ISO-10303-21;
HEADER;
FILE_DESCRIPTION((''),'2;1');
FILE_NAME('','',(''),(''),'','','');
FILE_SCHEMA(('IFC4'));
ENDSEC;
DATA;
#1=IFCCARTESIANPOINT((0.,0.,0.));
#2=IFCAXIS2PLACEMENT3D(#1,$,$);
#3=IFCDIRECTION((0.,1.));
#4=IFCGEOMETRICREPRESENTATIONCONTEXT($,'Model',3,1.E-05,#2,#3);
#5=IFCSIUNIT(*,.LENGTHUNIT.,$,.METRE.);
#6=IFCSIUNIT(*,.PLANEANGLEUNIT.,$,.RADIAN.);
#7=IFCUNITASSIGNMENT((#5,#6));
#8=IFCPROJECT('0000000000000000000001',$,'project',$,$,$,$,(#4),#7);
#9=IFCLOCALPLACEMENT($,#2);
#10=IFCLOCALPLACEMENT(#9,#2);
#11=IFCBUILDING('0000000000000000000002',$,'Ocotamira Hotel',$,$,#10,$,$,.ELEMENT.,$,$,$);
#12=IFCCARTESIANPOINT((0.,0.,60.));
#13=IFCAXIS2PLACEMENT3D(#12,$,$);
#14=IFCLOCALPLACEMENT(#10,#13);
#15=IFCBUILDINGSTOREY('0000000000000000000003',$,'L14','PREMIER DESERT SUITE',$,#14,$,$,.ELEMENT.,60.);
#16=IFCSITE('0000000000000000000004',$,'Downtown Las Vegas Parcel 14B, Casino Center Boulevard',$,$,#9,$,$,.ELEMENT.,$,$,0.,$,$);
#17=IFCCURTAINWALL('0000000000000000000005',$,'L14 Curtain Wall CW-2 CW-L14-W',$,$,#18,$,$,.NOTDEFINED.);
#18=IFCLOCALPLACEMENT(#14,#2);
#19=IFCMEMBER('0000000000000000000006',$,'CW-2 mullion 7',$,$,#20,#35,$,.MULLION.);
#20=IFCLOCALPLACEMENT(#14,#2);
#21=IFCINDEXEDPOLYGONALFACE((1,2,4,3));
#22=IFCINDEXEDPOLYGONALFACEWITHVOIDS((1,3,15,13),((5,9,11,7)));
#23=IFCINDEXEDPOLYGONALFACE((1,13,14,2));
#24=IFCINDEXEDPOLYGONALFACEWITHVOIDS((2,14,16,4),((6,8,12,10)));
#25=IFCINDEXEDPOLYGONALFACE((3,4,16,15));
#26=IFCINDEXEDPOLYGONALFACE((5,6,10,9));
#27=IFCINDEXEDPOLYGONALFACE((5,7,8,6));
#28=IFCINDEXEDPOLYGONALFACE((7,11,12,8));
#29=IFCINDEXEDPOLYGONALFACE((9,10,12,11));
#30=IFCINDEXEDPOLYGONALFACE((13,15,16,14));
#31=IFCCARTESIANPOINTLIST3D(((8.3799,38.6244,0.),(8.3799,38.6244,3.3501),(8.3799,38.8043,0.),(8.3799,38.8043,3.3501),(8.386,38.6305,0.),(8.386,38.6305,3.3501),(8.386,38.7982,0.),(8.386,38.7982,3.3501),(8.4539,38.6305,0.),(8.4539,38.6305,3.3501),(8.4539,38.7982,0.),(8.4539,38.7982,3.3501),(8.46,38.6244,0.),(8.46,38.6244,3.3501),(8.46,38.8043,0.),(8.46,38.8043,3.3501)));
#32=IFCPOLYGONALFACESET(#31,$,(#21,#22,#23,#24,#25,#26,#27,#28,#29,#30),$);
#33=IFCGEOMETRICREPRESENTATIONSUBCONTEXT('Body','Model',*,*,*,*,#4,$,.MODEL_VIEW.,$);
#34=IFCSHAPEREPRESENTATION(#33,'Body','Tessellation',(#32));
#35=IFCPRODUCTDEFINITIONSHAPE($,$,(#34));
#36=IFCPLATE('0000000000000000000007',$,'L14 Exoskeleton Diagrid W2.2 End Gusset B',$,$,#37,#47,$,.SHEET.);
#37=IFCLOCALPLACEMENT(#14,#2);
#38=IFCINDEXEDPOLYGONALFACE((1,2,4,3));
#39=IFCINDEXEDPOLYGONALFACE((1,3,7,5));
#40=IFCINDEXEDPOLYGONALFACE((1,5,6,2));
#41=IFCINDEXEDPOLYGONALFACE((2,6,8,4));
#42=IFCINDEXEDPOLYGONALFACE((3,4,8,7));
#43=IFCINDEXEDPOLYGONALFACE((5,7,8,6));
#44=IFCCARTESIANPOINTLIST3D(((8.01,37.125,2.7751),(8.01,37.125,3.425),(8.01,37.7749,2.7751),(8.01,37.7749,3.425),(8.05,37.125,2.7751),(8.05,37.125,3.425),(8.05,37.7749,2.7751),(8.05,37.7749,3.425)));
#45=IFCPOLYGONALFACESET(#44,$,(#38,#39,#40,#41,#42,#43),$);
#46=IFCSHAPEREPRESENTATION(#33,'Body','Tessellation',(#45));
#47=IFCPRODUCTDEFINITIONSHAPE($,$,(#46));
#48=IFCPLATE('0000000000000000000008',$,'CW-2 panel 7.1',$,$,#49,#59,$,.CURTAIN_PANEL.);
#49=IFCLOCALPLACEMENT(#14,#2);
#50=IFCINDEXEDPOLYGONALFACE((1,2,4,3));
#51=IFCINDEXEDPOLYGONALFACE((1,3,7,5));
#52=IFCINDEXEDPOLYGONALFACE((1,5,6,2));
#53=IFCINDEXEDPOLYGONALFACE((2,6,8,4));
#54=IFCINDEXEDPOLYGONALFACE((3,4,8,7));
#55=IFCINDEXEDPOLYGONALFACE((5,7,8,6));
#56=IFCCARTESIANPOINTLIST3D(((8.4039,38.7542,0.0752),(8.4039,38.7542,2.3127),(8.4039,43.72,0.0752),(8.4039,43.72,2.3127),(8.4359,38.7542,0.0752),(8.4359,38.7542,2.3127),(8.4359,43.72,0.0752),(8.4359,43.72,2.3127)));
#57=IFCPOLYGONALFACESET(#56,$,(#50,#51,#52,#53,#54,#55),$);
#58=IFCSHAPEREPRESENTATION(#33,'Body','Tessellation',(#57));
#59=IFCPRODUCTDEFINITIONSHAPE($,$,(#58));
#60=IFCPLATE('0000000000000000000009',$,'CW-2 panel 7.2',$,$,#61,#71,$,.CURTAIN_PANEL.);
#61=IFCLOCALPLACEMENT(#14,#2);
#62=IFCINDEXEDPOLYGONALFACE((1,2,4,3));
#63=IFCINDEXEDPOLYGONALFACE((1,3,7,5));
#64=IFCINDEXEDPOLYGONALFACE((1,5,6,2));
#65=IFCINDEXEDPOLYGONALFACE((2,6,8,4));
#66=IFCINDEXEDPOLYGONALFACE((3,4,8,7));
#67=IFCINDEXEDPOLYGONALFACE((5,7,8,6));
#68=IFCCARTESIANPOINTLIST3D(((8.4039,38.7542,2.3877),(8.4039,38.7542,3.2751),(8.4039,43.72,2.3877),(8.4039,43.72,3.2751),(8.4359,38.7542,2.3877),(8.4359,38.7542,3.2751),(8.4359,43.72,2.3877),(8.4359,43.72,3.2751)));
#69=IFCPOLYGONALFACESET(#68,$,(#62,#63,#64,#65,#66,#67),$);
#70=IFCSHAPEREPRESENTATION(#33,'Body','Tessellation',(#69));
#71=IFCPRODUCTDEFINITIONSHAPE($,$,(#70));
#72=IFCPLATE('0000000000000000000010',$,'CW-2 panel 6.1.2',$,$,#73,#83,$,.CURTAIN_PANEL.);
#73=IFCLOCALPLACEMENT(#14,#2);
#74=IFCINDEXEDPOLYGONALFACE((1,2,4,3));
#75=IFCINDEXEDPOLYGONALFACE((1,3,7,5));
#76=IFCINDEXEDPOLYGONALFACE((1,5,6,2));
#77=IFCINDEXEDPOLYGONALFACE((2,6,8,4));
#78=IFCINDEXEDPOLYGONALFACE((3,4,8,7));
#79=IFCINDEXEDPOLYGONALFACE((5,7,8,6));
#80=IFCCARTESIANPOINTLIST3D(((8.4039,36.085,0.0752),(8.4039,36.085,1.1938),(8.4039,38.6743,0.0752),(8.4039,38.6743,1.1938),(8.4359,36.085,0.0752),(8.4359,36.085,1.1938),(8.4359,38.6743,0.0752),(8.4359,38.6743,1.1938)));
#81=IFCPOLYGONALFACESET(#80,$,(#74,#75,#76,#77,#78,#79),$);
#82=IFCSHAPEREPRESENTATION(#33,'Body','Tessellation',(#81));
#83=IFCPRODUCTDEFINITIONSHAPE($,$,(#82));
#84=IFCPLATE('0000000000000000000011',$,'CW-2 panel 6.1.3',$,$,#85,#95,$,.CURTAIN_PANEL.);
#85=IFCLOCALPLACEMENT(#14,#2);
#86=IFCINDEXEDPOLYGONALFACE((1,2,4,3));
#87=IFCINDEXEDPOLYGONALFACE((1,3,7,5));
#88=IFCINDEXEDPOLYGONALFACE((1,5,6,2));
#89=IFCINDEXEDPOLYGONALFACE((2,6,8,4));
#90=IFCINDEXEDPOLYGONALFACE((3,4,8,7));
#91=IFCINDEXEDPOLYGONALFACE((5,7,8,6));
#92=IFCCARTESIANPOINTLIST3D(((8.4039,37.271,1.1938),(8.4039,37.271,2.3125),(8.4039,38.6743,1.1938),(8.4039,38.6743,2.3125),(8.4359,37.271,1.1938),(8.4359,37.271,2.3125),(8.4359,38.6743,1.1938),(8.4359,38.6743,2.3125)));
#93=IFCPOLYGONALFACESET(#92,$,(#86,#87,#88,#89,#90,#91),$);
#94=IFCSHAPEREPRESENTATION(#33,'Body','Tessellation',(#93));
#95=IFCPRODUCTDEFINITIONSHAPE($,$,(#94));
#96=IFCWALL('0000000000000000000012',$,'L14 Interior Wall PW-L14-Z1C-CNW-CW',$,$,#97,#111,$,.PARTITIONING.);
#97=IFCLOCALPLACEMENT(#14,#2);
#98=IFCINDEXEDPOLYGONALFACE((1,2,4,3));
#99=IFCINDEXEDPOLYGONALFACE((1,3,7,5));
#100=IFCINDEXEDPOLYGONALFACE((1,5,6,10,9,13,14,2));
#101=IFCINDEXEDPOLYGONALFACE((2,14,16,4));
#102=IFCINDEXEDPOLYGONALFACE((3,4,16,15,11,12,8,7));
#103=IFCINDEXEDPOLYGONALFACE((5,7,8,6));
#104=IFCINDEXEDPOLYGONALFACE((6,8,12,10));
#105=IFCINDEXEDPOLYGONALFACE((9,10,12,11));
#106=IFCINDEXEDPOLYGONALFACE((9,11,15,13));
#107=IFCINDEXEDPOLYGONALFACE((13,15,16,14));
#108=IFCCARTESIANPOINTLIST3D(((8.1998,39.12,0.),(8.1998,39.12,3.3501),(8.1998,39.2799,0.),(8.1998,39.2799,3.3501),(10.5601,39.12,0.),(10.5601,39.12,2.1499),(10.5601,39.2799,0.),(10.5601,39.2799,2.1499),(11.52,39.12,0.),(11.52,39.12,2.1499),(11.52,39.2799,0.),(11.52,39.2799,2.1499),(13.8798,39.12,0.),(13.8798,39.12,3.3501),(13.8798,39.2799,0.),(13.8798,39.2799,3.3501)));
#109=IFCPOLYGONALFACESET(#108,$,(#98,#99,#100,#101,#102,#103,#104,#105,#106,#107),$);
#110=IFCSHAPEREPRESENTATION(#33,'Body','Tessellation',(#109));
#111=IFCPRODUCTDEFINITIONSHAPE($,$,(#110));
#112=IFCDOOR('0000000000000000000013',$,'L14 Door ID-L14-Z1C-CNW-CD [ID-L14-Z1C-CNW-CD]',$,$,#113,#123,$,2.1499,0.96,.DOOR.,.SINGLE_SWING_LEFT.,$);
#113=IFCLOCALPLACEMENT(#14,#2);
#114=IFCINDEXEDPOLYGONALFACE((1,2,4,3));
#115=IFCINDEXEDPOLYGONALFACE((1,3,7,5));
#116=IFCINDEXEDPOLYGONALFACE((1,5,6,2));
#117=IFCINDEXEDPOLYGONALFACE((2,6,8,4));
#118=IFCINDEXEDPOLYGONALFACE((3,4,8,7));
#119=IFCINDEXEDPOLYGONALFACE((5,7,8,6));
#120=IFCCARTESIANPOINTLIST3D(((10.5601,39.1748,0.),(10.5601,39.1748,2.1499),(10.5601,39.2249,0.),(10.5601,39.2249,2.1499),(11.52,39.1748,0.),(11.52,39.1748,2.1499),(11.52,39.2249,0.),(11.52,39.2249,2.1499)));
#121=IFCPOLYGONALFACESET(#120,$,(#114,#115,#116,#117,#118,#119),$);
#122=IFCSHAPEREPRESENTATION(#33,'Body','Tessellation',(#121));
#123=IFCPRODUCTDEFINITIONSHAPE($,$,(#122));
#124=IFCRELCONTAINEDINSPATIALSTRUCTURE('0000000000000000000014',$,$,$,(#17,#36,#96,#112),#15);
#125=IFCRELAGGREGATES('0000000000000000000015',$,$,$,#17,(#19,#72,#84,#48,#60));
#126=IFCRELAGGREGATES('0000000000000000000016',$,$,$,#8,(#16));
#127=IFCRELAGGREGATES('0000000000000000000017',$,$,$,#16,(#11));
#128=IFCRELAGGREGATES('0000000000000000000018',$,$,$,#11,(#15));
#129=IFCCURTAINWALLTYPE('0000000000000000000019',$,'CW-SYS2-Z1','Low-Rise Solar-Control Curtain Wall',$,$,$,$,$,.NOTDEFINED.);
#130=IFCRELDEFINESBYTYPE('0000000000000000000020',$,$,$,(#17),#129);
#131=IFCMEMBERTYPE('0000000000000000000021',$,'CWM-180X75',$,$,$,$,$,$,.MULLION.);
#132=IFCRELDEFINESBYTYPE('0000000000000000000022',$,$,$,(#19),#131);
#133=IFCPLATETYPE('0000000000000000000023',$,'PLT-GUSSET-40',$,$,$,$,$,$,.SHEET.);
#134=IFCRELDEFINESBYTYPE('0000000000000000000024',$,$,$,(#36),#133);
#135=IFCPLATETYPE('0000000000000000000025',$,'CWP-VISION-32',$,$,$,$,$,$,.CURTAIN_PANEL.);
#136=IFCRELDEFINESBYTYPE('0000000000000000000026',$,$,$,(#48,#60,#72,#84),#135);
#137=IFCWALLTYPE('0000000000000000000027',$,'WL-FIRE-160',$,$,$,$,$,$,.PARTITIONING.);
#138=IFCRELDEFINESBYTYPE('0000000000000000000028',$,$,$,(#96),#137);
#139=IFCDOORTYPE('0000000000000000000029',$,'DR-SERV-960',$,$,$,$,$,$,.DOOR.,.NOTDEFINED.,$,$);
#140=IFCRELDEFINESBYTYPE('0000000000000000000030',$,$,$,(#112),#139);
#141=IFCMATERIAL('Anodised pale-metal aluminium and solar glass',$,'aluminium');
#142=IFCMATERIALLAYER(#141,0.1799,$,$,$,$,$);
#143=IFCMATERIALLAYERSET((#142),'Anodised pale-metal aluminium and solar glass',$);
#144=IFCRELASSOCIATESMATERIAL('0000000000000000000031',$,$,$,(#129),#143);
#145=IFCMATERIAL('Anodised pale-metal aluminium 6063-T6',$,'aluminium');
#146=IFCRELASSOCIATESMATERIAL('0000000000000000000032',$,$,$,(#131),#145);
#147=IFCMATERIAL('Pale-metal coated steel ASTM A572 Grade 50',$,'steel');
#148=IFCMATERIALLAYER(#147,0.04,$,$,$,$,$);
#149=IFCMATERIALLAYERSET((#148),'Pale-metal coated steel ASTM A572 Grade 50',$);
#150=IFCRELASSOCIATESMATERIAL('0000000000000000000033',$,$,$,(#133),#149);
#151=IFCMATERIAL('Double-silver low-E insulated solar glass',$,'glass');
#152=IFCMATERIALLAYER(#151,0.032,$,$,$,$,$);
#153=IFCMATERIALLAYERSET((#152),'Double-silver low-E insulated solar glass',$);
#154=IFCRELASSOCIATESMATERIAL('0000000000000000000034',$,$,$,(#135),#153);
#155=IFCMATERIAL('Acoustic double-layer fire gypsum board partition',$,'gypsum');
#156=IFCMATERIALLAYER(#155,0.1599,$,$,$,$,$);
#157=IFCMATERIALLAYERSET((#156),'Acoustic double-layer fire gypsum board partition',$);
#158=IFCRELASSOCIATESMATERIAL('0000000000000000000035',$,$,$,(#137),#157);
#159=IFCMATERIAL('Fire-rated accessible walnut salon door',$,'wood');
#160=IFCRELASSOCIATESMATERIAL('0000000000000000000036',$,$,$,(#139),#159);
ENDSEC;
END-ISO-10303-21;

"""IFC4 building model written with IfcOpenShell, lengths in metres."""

from ifc_helpers import new_model, si_unit, direction, frame, frame_2d, origin, origin_2d, place, context, subcontext, project, spatial, rectangle, hollow_rectangle, extrude, source, transform, mapped, material, layer, layer_set, material_profile, profile_set, type_object, element, fill, aggregate, save


model = new_model("IFC4")

# Units and contexts
model_context = context("Model", 3, precision=1e-05, world=origin(), true_north=direction((0.0, 1.0)))
body_context = subcontext(model_context, "Body", "Model", "MODEL_VIEW")
ifc_project = project(units=[si_unit("LENGTHUNIT", "METRE"), si_unit("PLANEANGLEUNIT", "RADIAN")], contexts=[model_context])

# Site, building, storey
site_placement = place(None, origin())
site = spatial("IfcSite", under=ifc_project, at=site_placement, Name="Downtown Las Vegas Parcel 14B, Casino Center Boulevard", CompositionType="ELEMENT", RefElevation=0.0)
building_placement = place(site_placement, origin())
building = spatial("IfcBuilding", under=site, at=building_placement, Name="Ocotamira Hotel", CompositionType="ELEMENT")
storey_placement = place(building_placement, frame((0.0, 0.0, 60.0)))
storey = spatial("IfcBuildingStorey", under=building, at=storey_placement, Name="L14", Description="PREMIER DESERT SUITE", CompositionType="ELEMENT", Elevation=60.0)

# Curtain wall, member
ifc_material_1 = material(Name="Anodised pale-metal aluminium and solar glass", Category="aluminium")
ifc_layer_1 = layer(ifc_material_1, 0.1799)
ifc_layer_set_1 = layer_set([ifc_layer_1], Name="Anodised pale-metal aluminium and solar glass")
curtain_wall_type = type_object("IfcCurtainWallType", Name="CW-SYS2-Z1", Description="Low-Rise Solar-Control Curtain Wall", PredefinedType="NOTDEFINED", material=ifc_layer_set_1)
curtain_wall_placement = place(storey_placement, origin())
curtain_wall = element("IfcCurtainWall", 1, at=curtain_wall_placement, inside=storey, type_object=curtain_wall_type, Name="L14 Curtain Wall CW-2 CW-L14-W", PredefinedType="NOTDEFINED")
ifc_material_2 = material(Name="Anodised pale-metal aluminium 6063-T6", Category="aluminium")
ifc_material_profile_1 = material_profile(ifc_material_2, hollow_rectangle(XDim=0.0801, YDim=0.1799, WallThickness=0.0061, at=origin_2d()), Name="HSS180X80X6")
ifc_profile_set_1 = profile_set([ifc_material_profile_1], Name="Anodised pale-metal aluminium 6063-T6")
member_type_1 = type_object("IfcMemberType", Name="CWM-180X75", PredefinedType="MULLION", material=ifc_profile_set_1)
shared_shape_1 = source(origin(), body_context, "Body", "SweptSolid", [
    extrude(hollow_rectangle(XDim=0.0801, YDim=0.1799, WallThickness=0.0061, at=origin_2d()), origin(), (0.0, 0.0, 1.0), 3.3501),
])
member_1_placement = place(storey_placement, frame((8.4199, 38.7144, 0.0), z_axis=(0.0, 0.0, 1.0), x_axis=(-1.0, 0.0, 0.0)))
member_1 = element("IfcMember", 2, at=member_1_placement, type_object=member_type_1, Name="CW-2 mullion 7", PredefinedType="MULLION", context=body_context, shape_type="MappedRepresentation", body=[
    mapped(shared_shape_1, transform((0.0, 0.0, 0.0), scale=1.0)),
])

# Plates
ifc_material_3 = material(Name="Pale-metal coated steel ASTM A572 Grade 50", Category="steel")
ifc_layer_2 = layer(ifc_material_3, 0.04)
ifc_layer_set_2 = layer_set([ifc_layer_2], Name="Pale-metal coated steel ASTM A572 Grade 50")
plate_type_1 = type_object("IfcPlateType", Name="PLT-GUSSET-40", PredefinedType="SHEET", material=ifc_layer_set_2)
shared_shape_2 = source(origin(), body_context, "Body", "SweptSolid", [
    extrude(rectangle(XDim=0.04, YDim=0.6499, at=origin_2d()), origin(), (0.0, 0.0, 1.0), 0.6499),
])
plate_1_placement = place(storey_placement, frame((8.03, 37.45, 2.7751), z_axis=(0.0, 0.0, 1.0), x_axis=(1.0, 0.0, 0.0)))
element("IfcPlate", 3, at=plate_1_placement, inside=storey, type_object=plate_type_1, Name="L14 Exoskeleton Diagrid W2.2 End Gusset B", PredefinedType="SHEET", context=body_context, shape_type="MappedRepresentation", body=[
    mapped(shared_shape_2, transform((0.0, 0.0, 0.0), scale=1.0)),
])
ifc_material_4 = material(Name="Double-silver low-E insulated solar glass", Category="glass")
ifc_layer_3 = layer(ifc_material_4, 0.032)
ifc_layer_set_3 = layer_set([ifc_layer_3], Name="Double-silver low-E insulated solar glass")
plate_type_2 = type_object("IfcPlateType", Name="CWP-VISION-32", PredefinedType="CURTAIN_PANEL", material=ifc_layer_set_3)
shared_shape_3 = source(origin(), body_context, "Body", "SweptSolid", [
    extrude(rectangle(XDim=4.9658, YDim=0.032, at=origin_2d()), origin(), (0.0, 0.0, 1.0), 2.2375),
])
plate_2_placement = place(storey_placement, frame((8.4199, 41.2371, 0.0752), z_axis=(0.0, 0.0, 1.0), x_axis=(0.0, 1.0, 0.0)))
plate_2 = element("IfcPlate", 4, at=plate_2_placement, type_object=plate_type_2, Name="CW-2 panel 7.1", PredefinedType="CURTAIN_PANEL", context=body_context, shape_type="MappedRepresentation", body=[
    mapped(shared_shape_3, transform((0.0, 0.0, 0.0), scale=1.0)),
])
shared_shape_4 = source(origin(), body_context, "Body", "SweptSolid", [
    extrude(rectangle(XDim=4.9658, YDim=0.032, at=origin_2d()), origin(), (0.0, 0.0, 1.0), 0.8875),
])
plate_3_placement = place(storey_placement, frame((8.4199, 41.2371, 2.3877), z_axis=(0.0, 0.0, 1.0), x_axis=(0.0, 1.0, 0.0)))
plate_3 = element("IfcPlate", 5, at=plate_3_placement, type_object=plate_type_2, Name="CW-2 panel 7.2", PredefinedType="CURTAIN_PANEL", context=body_context, shape_type="MappedRepresentation", body=[
    mapped(shared_shape_4, transform((0.0, 0.0, 0.0), scale=1.0)),
])
shared_shape_5 = source(origin(), body_context, "Body", "SweptSolid", [
    extrude(rectangle(XDim=2.5894, YDim=0.032, at=origin_2d()), origin(), (0.0, 0.0, 1.0), 1.1187),
])
plate_4_placement = place(storey_placement, frame((8.4199, 37.3796, 0.0752), z_axis=(0.0, 0.0, 1.0), x_axis=(0.0, 1.0, 0.0)))
plate_4 = element("IfcPlate", 6, at=plate_4_placement, type_object=plate_type_2, Name="CW-2 panel 6.1.2", PredefinedType="CURTAIN_PANEL", context=body_context, shape_type="MappedRepresentation", body=[
    mapped(shared_shape_5, transform((0.0, 0.0, 0.0), scale=1.0)),
])
shared_shape_6 = source(origin(), body_context, "Body", "SweptSolid", [
    extrude(rectangle(XDim=1.4033, YDim=0.032, at=origin_2d()), origin(), (0.0, 0.0, 1.0), 1.1187),
])
plate_5_placement = place(storey_placement, frame((8.4199, 37.9727, 1.1938), z_axis=(0.0, 0.0, 1.0), x_axis=(0.0, 1.0, 0.0)))
plate_5 = element("IfcPlate", 7, at=plate_5_placement, type_object=plate_type_2, Name="CW-2 panel 6.1.3", PredefinedType="CURTAIN_PANEL", context=body_context, shape_type="MappedRepresentation", body=[
    mapped(shared_shape_6, transform((0.0, 0.0, 0.0), scale=1.0)),
])
aggregate(curtain_wall, [member_1, plate_4, plate_5, plate_2, plate_3])

# Wall, opening, door
ifc_material_5 = material(Name="Acoustic double-layer fire gypsum board partition", Category="gypsum")
ifc_layer_4 = layer(ifc_material_5, 0.1599)
ifc_layer_set_4 = layer_set([ifc_layer_4], Name="Acoustic double-layer fire gypsum board partition")
wall_type_1 = type_object("IfcWallType", Name="WL-FIRE-160", PredefinedType="PARTITIONING", material=ifc_layer_set_4)
wall_1_placement = place(storey_placement, frame((8.2, 39.2, 0.0), z_axis=(0.0, 0.0, 1.0), x_axis=(1.0, 0.0, 0.0)))
wall_1 = element("IfcWall", 8, at=wall_1_placement, inside=storey, type_object=wall_type_1, Name="L14 Interior Wall PW-L14-Z1C-CNW-CW", PredefinedType="PARTITIONING", context=body_context, shape_type="SweptSolid", body=[
    extrude(rectangle(XDim=5.6799, YDim=0.1599, at=frame_2d((2.8398, 0.0))), origin(), (0.0, 0.0, 1.0), 3.3501),
])
opening_1_placement = place(wall_1_placement, frame((2.3601, 0.0, 0.0)))
opening_1 = element("IfcOpeningElement", 9, at=opening_1_placement, cuts=wall_1, PredefinedType="OPENING", context=body_context, shape_type="SweptSolid", body=[
    extrude(rectangle(XDim=0.96, YDim=2.1499, at=frame_2d((0.48, 1.075))), frame((0.0, 0.0898, 0.0), z_axis=(0.0, -1.0, 0.0), x_axis=(1.0, 0.0, 0.0)), (0.0, 0.0, 1.0), 0.1799),
])
ifc_material_6 = material(Name="Fire-rated accessible walnut salon door", Category="wood")
door_type_1 = type_object("IfcDoorType", Name="DR-SERV-960", OperationType="NOTDEFINED", PredefinedType="DOOR", material=ifc_material_6)
shared_shape_7 = source(origin(), body_context, "Body", "SweptSolid", [
    extrude(rectangle(XDim=0.96, YDim=2.1499, at=frame_2d((0.48, 1.075))), frame((0.0, 0.0249, 0.0), z_axis=(0.0, -1.0, 0.0), x_axis=(1.0, 0.0, 0.0)), (0.0, 0.0, 1.0), 0.05),
])
door_1_placement = place(opening_1_placement, origin())
door_1 = element("IfcDoor", 10, at=door_1_placement, inside=storey, type_object=door_type_1, Name="L14 Door ID-L14-Z1C-CNW-CD [ID-L14-Z1C-CNW-CD]", OperationType="SINGLE_SWING_LEFT", OverallHeight=2.1499, OverallWidth=0.96, PredefinedType="DOOR", context=body_context, shape_type="MappedRepresentation", body=[
    mapped(shared_shape_7, transform((0.0, 0.0, 0.0), scale=1.0)),
])
fill(opening_1, door_1)

save(model, "model.ifc")
